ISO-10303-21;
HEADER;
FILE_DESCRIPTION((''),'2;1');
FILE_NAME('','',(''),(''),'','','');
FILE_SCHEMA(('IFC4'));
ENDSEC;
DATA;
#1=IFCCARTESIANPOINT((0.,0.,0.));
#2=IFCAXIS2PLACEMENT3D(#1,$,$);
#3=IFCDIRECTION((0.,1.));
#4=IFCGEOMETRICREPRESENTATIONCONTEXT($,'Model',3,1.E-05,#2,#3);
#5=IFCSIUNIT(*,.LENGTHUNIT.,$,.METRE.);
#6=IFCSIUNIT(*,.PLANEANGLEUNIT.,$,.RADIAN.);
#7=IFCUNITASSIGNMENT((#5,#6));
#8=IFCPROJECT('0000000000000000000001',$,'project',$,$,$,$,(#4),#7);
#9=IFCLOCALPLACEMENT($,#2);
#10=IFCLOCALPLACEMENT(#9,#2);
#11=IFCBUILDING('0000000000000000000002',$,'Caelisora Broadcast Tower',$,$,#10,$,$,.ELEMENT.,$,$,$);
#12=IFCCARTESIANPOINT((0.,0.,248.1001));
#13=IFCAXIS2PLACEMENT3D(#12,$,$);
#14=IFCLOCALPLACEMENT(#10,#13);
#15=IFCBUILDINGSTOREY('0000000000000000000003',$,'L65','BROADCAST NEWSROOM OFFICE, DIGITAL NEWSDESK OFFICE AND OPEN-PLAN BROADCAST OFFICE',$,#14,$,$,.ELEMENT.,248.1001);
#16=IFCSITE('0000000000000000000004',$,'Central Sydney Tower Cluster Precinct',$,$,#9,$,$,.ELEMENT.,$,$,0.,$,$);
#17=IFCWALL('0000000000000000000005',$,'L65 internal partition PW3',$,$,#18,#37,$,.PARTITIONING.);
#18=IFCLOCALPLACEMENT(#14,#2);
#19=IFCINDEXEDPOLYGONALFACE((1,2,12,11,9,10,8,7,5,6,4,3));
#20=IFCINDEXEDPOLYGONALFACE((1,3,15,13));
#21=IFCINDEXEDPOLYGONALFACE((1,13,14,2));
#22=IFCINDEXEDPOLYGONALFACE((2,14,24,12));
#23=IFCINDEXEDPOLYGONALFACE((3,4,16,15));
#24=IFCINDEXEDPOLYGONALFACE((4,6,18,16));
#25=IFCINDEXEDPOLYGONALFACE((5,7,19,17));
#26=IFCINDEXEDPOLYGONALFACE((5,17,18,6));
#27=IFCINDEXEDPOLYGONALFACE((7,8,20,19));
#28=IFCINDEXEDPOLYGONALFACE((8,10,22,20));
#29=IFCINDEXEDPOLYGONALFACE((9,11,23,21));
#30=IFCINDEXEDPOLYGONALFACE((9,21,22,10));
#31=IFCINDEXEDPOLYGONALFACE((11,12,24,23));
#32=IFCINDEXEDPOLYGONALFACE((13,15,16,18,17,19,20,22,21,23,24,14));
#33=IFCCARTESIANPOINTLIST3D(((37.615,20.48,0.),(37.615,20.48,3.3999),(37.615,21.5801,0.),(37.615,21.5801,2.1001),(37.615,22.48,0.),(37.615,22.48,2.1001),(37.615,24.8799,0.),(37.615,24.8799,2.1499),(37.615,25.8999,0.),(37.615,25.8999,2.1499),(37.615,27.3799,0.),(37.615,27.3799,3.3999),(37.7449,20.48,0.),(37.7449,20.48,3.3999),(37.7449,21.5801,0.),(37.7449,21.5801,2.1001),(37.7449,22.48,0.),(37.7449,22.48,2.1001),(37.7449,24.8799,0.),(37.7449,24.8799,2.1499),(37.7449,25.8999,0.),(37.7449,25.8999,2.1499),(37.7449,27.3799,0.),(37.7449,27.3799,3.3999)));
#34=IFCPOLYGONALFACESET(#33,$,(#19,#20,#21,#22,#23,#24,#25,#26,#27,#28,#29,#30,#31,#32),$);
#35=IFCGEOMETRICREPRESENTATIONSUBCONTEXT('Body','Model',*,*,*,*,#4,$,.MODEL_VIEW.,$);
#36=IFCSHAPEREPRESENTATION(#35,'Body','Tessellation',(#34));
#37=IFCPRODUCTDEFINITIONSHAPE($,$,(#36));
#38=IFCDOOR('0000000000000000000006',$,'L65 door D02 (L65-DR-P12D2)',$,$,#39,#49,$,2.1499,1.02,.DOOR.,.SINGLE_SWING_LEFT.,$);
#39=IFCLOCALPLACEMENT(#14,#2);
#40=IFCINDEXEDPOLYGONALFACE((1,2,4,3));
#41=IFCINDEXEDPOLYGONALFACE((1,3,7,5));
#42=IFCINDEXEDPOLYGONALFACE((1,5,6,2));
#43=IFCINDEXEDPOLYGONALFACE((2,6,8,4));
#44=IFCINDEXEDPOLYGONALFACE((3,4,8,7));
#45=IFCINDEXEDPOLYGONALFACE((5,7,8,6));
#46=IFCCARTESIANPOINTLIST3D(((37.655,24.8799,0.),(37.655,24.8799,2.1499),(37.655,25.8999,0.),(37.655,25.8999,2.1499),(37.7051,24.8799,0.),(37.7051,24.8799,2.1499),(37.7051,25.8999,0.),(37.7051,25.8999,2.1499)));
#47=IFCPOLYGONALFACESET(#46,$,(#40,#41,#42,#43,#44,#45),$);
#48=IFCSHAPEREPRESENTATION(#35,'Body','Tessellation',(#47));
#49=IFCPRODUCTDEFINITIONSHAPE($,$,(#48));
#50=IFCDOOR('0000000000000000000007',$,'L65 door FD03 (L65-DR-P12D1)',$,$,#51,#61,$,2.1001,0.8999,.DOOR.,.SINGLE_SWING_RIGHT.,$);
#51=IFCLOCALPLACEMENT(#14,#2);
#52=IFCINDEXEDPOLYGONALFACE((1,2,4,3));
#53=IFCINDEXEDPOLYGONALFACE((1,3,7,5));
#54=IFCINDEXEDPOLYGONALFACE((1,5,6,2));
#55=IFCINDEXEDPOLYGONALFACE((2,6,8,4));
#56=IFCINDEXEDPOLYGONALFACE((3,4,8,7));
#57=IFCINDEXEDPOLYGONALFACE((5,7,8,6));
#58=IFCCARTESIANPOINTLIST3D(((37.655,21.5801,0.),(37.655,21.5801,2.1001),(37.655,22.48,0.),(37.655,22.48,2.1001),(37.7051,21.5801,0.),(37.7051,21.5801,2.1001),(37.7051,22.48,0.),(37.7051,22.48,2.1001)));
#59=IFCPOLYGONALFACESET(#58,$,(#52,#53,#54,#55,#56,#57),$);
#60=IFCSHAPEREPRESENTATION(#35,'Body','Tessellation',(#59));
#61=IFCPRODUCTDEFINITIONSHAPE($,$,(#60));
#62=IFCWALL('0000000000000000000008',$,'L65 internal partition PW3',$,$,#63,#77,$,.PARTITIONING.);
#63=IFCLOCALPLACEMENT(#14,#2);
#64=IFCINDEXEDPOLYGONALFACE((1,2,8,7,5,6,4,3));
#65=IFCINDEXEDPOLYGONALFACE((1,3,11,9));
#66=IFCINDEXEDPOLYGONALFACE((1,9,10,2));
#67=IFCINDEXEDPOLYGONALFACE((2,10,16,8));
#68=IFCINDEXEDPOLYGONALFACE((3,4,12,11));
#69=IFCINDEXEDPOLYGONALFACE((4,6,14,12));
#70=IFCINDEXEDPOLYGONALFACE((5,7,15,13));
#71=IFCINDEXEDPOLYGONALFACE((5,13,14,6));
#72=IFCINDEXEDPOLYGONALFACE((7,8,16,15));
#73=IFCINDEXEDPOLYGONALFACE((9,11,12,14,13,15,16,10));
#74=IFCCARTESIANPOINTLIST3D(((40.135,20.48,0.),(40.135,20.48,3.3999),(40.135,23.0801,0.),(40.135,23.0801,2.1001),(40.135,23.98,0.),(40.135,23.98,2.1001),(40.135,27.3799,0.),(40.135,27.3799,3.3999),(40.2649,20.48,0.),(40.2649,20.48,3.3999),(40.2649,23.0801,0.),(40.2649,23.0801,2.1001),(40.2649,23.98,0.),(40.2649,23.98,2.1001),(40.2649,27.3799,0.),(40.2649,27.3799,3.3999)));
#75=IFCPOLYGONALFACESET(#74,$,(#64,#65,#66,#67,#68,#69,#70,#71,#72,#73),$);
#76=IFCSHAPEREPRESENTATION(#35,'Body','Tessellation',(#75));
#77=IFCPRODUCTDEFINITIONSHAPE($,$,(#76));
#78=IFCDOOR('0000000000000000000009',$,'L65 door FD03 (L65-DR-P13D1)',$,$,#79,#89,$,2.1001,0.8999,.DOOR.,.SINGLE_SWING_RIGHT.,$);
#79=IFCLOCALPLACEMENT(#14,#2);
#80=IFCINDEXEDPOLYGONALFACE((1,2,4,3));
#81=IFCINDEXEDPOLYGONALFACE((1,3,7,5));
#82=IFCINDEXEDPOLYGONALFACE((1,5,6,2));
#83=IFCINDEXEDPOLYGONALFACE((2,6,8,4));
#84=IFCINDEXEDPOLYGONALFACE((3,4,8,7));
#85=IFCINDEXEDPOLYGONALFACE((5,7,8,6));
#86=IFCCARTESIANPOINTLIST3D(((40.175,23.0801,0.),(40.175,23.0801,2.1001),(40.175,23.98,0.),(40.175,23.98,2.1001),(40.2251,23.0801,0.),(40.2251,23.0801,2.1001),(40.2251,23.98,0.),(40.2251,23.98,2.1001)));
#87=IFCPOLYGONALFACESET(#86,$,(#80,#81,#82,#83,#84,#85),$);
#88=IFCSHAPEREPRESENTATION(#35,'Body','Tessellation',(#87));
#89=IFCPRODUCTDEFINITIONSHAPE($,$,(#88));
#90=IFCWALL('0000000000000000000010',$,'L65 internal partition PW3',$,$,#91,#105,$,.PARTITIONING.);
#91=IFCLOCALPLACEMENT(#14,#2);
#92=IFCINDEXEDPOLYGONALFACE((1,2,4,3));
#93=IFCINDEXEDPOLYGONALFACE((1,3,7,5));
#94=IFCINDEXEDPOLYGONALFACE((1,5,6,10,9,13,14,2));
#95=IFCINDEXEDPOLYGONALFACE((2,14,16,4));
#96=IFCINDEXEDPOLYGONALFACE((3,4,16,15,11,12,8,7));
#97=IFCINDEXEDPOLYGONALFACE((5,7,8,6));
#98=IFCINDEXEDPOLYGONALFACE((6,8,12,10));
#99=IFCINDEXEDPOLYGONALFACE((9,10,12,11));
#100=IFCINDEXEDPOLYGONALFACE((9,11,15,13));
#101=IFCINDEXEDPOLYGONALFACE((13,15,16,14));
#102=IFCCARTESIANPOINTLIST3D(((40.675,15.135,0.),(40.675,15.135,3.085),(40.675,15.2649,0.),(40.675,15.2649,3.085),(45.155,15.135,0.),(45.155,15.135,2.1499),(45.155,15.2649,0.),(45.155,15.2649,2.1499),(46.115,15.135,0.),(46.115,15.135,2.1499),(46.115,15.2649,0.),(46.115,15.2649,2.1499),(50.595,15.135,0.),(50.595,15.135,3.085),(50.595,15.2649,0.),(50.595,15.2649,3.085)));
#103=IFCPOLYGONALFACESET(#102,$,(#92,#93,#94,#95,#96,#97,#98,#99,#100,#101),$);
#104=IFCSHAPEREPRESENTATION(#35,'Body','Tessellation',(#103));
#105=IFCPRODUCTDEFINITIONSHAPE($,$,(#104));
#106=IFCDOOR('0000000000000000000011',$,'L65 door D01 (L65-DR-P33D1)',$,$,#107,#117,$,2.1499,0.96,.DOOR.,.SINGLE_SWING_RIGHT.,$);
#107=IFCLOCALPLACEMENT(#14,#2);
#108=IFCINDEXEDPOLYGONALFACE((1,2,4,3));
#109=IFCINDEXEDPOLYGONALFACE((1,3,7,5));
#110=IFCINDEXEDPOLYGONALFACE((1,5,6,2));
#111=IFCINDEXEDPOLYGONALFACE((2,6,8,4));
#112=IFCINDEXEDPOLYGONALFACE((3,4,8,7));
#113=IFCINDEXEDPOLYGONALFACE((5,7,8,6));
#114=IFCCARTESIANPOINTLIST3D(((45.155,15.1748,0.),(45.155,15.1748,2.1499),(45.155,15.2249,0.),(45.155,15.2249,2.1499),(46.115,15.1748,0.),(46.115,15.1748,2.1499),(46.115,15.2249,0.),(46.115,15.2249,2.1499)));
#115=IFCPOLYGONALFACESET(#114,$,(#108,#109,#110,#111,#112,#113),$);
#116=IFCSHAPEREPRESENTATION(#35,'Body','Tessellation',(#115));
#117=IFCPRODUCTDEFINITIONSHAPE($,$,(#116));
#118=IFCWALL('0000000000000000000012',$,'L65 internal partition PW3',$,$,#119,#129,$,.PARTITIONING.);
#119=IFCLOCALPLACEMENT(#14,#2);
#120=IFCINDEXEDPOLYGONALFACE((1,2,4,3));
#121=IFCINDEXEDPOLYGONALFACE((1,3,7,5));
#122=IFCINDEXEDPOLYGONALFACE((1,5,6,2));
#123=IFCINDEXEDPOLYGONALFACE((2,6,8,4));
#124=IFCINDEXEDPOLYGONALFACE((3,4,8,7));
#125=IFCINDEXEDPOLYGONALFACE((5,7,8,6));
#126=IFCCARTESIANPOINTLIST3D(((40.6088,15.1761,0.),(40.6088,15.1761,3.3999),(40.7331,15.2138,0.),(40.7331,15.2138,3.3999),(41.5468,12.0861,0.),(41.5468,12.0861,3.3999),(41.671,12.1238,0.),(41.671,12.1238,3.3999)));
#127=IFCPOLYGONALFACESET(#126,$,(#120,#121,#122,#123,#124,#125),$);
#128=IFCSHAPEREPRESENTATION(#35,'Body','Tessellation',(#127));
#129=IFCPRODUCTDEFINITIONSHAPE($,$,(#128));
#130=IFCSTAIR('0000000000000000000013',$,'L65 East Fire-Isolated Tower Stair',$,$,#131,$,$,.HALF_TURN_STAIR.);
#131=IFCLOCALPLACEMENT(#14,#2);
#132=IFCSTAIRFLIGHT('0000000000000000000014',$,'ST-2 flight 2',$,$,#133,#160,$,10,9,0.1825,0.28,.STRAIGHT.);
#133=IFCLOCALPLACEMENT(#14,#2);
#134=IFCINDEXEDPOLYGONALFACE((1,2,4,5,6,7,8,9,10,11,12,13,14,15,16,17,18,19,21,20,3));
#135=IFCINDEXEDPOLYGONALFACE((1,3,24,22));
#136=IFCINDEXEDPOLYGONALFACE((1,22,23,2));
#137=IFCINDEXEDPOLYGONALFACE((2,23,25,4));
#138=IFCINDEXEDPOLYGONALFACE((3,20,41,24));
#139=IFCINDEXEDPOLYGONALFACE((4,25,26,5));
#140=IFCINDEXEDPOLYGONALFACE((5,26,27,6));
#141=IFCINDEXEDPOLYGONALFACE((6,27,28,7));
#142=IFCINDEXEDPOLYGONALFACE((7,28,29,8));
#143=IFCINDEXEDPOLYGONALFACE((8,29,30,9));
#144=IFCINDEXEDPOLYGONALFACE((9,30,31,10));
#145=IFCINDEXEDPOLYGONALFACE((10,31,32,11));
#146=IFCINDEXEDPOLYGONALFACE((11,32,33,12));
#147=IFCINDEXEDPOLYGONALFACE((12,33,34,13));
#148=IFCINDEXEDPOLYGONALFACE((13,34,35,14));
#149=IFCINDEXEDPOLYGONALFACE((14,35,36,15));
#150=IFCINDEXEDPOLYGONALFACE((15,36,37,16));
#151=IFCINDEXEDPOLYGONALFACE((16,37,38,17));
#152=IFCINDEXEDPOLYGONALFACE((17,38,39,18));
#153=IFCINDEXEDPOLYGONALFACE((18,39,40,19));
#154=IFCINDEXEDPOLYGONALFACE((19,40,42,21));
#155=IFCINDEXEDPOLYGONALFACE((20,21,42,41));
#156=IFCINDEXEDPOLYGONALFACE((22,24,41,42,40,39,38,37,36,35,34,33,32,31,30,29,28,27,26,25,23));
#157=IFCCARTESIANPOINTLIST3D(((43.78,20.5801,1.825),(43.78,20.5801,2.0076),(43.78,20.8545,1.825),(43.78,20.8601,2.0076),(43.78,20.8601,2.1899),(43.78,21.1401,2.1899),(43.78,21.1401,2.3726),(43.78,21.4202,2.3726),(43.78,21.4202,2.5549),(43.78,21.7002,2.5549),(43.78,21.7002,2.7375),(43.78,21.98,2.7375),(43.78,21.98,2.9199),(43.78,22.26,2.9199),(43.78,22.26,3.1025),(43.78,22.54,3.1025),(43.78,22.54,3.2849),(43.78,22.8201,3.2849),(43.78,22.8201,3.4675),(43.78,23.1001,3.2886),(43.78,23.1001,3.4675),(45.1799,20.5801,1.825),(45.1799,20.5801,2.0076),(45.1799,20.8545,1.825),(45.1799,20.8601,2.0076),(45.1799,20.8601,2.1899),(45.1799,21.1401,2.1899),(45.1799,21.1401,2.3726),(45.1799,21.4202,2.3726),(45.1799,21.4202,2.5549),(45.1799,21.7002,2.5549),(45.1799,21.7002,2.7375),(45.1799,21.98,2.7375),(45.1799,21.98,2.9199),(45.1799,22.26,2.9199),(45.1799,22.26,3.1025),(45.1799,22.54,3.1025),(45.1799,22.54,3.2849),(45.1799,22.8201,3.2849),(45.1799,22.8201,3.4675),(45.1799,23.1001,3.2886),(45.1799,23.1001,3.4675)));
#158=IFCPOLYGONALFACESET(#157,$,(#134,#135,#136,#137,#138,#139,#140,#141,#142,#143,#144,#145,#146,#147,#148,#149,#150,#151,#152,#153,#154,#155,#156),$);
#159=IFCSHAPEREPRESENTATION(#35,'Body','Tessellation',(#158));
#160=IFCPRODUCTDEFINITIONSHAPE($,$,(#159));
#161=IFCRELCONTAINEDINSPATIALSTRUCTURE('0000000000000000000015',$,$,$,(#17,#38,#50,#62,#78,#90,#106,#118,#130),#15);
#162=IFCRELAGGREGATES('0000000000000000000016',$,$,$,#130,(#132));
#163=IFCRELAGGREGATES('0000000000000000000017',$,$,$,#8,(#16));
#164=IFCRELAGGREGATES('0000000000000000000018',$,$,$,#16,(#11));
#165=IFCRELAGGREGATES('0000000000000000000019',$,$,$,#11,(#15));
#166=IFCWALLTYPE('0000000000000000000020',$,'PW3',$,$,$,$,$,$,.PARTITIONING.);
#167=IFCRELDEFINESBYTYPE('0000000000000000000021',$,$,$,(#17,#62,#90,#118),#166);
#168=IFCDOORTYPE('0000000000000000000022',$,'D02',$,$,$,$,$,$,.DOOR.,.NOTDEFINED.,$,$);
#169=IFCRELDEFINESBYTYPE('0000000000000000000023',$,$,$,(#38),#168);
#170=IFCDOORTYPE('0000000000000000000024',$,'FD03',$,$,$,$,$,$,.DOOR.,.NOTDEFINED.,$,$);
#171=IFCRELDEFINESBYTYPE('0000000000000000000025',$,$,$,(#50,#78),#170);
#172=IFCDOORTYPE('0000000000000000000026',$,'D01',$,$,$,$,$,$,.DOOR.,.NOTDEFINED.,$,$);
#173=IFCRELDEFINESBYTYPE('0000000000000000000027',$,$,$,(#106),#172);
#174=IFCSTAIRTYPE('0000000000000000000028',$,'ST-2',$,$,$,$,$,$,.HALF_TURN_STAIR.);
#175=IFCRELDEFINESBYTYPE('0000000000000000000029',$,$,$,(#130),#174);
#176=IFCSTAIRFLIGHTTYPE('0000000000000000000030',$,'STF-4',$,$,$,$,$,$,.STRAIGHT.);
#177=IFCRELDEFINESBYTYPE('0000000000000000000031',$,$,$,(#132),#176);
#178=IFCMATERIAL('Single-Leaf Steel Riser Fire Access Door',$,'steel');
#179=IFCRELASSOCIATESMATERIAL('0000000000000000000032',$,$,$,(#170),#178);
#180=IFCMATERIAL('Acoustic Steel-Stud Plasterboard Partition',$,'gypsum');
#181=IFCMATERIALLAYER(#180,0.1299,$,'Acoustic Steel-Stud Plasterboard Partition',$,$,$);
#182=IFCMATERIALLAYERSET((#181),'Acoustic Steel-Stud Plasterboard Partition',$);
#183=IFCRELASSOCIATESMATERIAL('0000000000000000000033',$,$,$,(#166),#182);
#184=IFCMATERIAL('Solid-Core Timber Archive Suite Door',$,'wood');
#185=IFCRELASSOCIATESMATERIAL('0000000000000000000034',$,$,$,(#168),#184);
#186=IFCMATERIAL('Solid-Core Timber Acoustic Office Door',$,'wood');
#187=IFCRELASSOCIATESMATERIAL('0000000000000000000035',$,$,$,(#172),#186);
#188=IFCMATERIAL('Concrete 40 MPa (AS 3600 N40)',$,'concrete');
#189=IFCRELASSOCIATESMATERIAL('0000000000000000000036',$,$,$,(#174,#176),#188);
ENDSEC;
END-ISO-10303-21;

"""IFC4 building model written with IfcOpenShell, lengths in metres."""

from ifc_helpers import new_model, si_unit, direction, frame, frame_2d, origin, place, context, subcontext, project, spatial, polyline, rectangle, outline, extrude, material, layer, layer_set, type_object, element, fill, aggregate, save


model = new_model("IFC4")

# Units and contexts
model_context = context("Model", 3, precision=1e-05, world=origin(), true_north=direction((0.0, 1.0)))
body_context = subcontext(model_context, "Body", "Model", "MODEL_VIEW")
ifc_project = project(units=[si_unit("LENGTHUNIT", "METRE"), si_unit("PLANEANGLEUNIT", "RADIAN")], contexts=[model_context])

# Site, building, storey
site_placement = place(None, origin())
site = spatial("IfcSite", under=ifc_project, at=site_placement, Name="Central Sydney Tower Cluster Precinct", CompositionType="ELEMENT", RefElevation=0.0)
building_placement = place(site_placement, origin())
building = spatial("IfcBuilding", under=site, at=building_placement, Name="Caelisora Broadcast Tower", CompositionType="ELEMENT")
storey_placement = place(building_placement, frame((0.0, 0.0, 248.1001)))
storey = spatial("IfcBuildingStorey", under=building, at=storey_placement, Name="L65", Description="BROADCAST NEWSROOM OFFICE, DIGITAL NEWSDESK OFFICE AND OPEN-PLAN BROADCAST OFFICE", CompositionType="ELEMENT", Elevation=248.1001)

# Shared definitions
ifc_material_1 = material(Name="Concrete 40 MPa (AS 3600 N40)", Category="concrete")

# Shared definitions
ifc_material_2 = material(Name="Single-Leaf Steel Riser Fire Access Door", Category="steel")
door_type_1 = type_object("IfcDoorType", Name="FD03", OperationType="NOTDEFINED", PredefinedType="DOOR", material=ifc_material_2)

# Wall, openings, doors
ifc_material_3 = material(Name="Acoustic Steel-Stud Plasterboard Partition", Category="gypsum")
ifc_layer_1 = layer(ifc_material_3, 0.1299, Name="Acoustic Steel-Stud Plasterboard Partition")
ifc_layer_set_1 = layer_set([ifc_layer_1], Name="Acoustic Steel-Stud Plasterboard Partition")
wall_type_1 = type_object("IfcWallType", Name="PW3", PredefinedType="PARTITIONING", material=ifc_layer_set_1)
wall_1_placement = place(storey_placement, frame((37.6799, 20.48, 0.0), z_axis=(0.0, 0.0, 1.0), x_axis=(0.0, 1.0, 0.0)))
wall_1 = element("IfcWall", 1, at=wall_1_placement, inside=storey, type_object=wall_type_1, Name="L65 internal partition PW3", PredefinedType="PARTITIONING", context=body_context, shape_type="SweptSolid", body=[
    extrude(rectangle(XDim=6.8999, YDim=0.1299, at=frame_2d((3.45, 0.0))), origin(), (0.0, 0.0, 1.0), 3.3999),
])
opening_1_placement = place(wall_1_placement, frame((1.1001, 0.0, 0.0)))
opening_1 = element("IfcOpeningElement", 2, at=opening_1_placement, cuts=wall_1, PredefinedType="OPENING", context=body_context, shape_type="SweptSolid", body=[
    extrude(rectangle(XDim=0.8999, YDim=2.1001, at=frame_2d((0.45, 1.05))), frame((0.0, 0.0769, 0.0), z_axis=(0.0, -1.0, 0.0), x_axis=(1.0, 0.0, 0.0)), (0.0, 0.0, 1.0), 0.1538),
])
opening_2_placement = place(wall_1_placement, frame((4.3999, 0.0, 0.0)))
opening_2 = element("IfcOpeningElement", 3, at=opening_2_placement, cuts=wall_1, PredefinedType="OPENING", context=body_context, shape_type="SweptSolid", body=[
    extrude(rectangle(XDim=1.02, YDim=2.1499, at=frame_2d((0.51, 1.075))), frame((0.0, 0.0769, 0.0), z_axis=(0.0, -1.0, 0.0), x_axis=(1.0, 0.0, 0.0)), (0.0, 0.0, 1.0), 0.1538),
])
ifc_material_4 = material(Name="Solid-Core Timber Archive Suite Door", Category="wood")
door_type_2 = type_object("IfcDoorType", Name="D02", OperationType="NOTDEFINED", PredefinedType="DOOR", material=ifc_material_4)
door_1_placement = place(opening_2_placement, origin())
door_1 = element("IfcDoor", 4, at=door_1_placement, inside=storey, type_object=door_type_2, Name="L65 door D02 (L65-DR-P12D2)", OperationType="SINGLE_SWING_LEFT", OverallHeight=2.1499, OverallWidth=1.02, PredefinedType="DOOR", context=body_context, shape_type="SweptSolid", body=[
    extrude(rectangle(XDim=1.02, YDim=2.1499, at=frame_2d((0.51, 1.075))), frame((0.0, 0.0249, 0.0), z_axis=(0.0, -1.0, 0.0), x_axis=(1.0, 0.0, 0.0)), (0.0, 0.0, 1.0), 0.05),
])
fill(opening_2, door_1)
door_2_placement = place(opening_1_placement, origin())
door_2 = element("IfcDoor", 5, at=door_2_placement, inside=storey, type_object=door_type_1, Name="L65 door FD03 (L65-DR-P12D1)", OperationType="SINGLE_SWING_RIGHT", OverallHeight=2.1001, OverallWidth=0.8999, PredefinedType="DOOR", context=body_context, shape_type="SweptSolid", body=[
    extrude(rectangle(XDim=0.8999, YDim=2.1001, at=frame_2d((0.45, 1.05))), frame((0.0, 0.0249, 0.0), z_axis=(0.0, -1.0, 0.0), x_axis=(1.0, 0.0, 0.0)), (0.0, 0.0, 1.0), 0.05),
])
fill(opening_1, door_2)

# Walls, openings, doors
wall_2_placement = place(storey_placement, frame((40.2, 20.48, 0.0), z_axis=(0.0, 0.0, 1.0), x_axis=(0.0, 1.0, 0.0)))
wall_2 = element("IfcWall", 6, at=wall_2_placement, inside=storey, type_object=wall_type_1, Name="L65 internal partition PW3", PredefinedType="PARTITIONING", context=body_context, shape_type="SweptSolid", body=[
    extrude(rectangle(XDim=6.8999, YDim=0.1299, at=frame_2d((3.45, 0.0))), origin(), (0.0, 0.0, 1.0), 3.3999),
])
opening_3_placement = place(wall_2_placement, frame((2.6001, 0.0, 0.0)))
opening_3 = element("IfcOpeningElement", 7, at=opening_3_placement, cuts=wall_2, PredefinedType="OPENING", context=body_context, shape_type="SweptSolid", body=[
    extrude(rectangle(XDim=0.8999, YDim=2.1001, at=frame_2d((0.45, 1.05))), frame((0.0, 0.0769, 0.0), z_axis=(0.0, -1.0, 0.0), x_axis=(1.0, 0.0, 0.0)), (0.0, 0.0, 1.0), 0.1538),
])
door_3_placement = place(opening_3_placement, origin())
door_3 = element("IfcDoor", 8, at=door_3_placement, inside=storey, type_object=door_type_1, Name="L65 door FD03 (L65-DR-P13D1)", OperationType="SINGLE_SWING_RIGHT", OverallHeight=2.1001, OverallWidth=0.8999, PredefinedType="DOOR", context=body_context, shape_type="SweptSolid", body=[
    extrude(rectangle(XDim=0.8999, YDim=2.1001, at=frame_2d((0.45, 1.05))), frame((0.0, 0.0249, 0.0), z_axis=(0.0, -1.0, 0.0), x_axis=(1.0, 0.0, 0.0)), (0.0, 0.0, 1.0), 0.05),
])
fill(opening_3, door_3)
wall_3_placement = place(storey_placement, frame((40.675, 15.2, 0.0), z_axis=(0.0, 0.0, 1.0), x_axis=(1.0, 0.0, 0.0)))
wall_3 = element("IfcWall", 9, at=wall_3_placement, inside=storey, type_object=wall_type_1, Name="L65 internal partition PW3", PredefinedType="PARTITIONING", context=body_context, shape_type="SweptSolid", body=[
    extrude(rectangle(XDim=9.9199, YDim=0.1299, at=frame_2d((4.96, 0.0))), origin(), (0.0, 0.0, 1.0), 3.085),
])
opening_4_placement = place(wall_3_placement, frame((4.48, 0.0, 0.0)))
opening_4 = element("IfcOpeningElement", 10, at=opening_4_placement, cuts=wall_3, PredefinedType="OPENING", context=body_context, shape_type="SweptSolid", body=[
    extrude(rectangle(XDim=0.96, YDim=2.1499, at=frame_2d((0.48, 1.075))), frame((0.0, 0.0769, 0.0), z_axis=(0.0, -1.0, 0.0), x_axis=(1.0, 0.0, 0.0)), (0.0, 0.0, 1.0), 0.1538),
])
ifc_material_5 = material(Name="Solid-Core Timber Acoustic Office Door", Category="wood")
door_type_3 = type_object("IfcDoorType", Name="D01", OperationType="NOTDEFINED", PredefinedType="DOOR", material=ifc_material_5)
door_4_placement = place(opening_4_placement, origin())
door_4 = element("IfcDoor", 11, at=door_4_placement, inside=storey, type_object=door_type_3, Name="L65 door D01 (L65-DR-P33D1)", OperationType="SINGLE_SWING_RIGHT", OverallHeight=2.1499, OverallWidth=0.96, PredefinedType="DOOR", context=body_context, shape_type="SweptSolid", body=[
    extrude(rectangle(XDim=0.96, YDim=2.1499, at=frame_2d((0.48, 1.075))), frame((0.0, 0.0249, 0.0), z_axis=(0.0, -1.0, 0.0), x_axis=(1.0, 0.0, 0.0)), (0.0, 0.0, 1.0), 0.05),
])
fill(opening_4, door_4)

# Wall
wall_4_placement = place(storey_placement, frame((40.6709, 15.1951, 0.0), z_axis=(0.0, 0.0, 1.0), x_axis=(0.290461, -0.956887, 0.0)))
element("IfcWall", 12, at=wall_4_placement, inside=storey, type_object=wall_type_1, Name="L65 internal partition PW3", PredefinedType="PARTITIONING", context=body_context, shape_type="SweptSolid", body=[
    extrude(rectangle(XDim=3.2292, YDim=0.1299, at=frame_2d((1.6147, 0.0))), origin(), (0.0, 0.0, 1.0), 3.3999),
])

# Stair, stair flight
stair_type = type_object("IfcStairType", Name="ST-2", PredefinedType="HALF_TURN_STAIR", material=ifc_material_1)
stair_placement = place(storey_placement, origin())
stair = element("IfcStair", 13, at=stair_placement, inside=storey, type_object=stair_type, Name="L65 East Fire-Isolated Tower Stair", PredefinedType="HALF_TURN_STAIR")
stair_flight_type = type_object("IfcStairFlightType", Name="STF-4", PredefinedType="STRAIGHT", material=ifc_material_1)
stair_flight_placement = place(storey_placement, frame((44.48, 20.5801, 1.825), z_axis=(0.0, 0.0, 1.0), x_axis=(0.0, 1.0, 0.0)))
stair_flight = element("IfcStairFlight", 14, at=stair_flight_placement, type_object=stair_flight_type, Name="ST-2 flight 2", NumberOfRisers=10, NumberOfTreads=9, PredefinedType="STRAIGHT", RiserHeight=0.1825, TreadLength=0.28, context=body_context, shape_type="SweptSolid", body=[
    extrude(outline(polyline([(0.0, 0.0), (0.0, 0.1826), (0.28, 0.1826), (0.28, 0.365), (0.5601, 0.365), (0.5601, 0.5476), (0.8401, 0.5476), (0.8401, 0.73), (1.1201, 0.73), (1.1201, 0.9126), (1.3999, 0.9126), (1.3999, 1.095), (1.6799, 1.095), (1.6799, 1.2776), (1.96, 1.2776), (1.96, 1.46), (2.24, 1.46), (2.24, 1.6426), (2.52, 1.6426), (2.52, 1.825), (2.52, 1.4636), (0.2744, 0.0), (0.0, 0.0)])), frame((0.0, 0.7, 0.0), z_axis=(0.0, -1.0, 0.0), x_axis=(1.0, 0.0, 0.0)), (0.0, 0.0, 1.0), 1.3999),
])
aggregate(stair, [stair_flight])

save(model, "model.ifc")
